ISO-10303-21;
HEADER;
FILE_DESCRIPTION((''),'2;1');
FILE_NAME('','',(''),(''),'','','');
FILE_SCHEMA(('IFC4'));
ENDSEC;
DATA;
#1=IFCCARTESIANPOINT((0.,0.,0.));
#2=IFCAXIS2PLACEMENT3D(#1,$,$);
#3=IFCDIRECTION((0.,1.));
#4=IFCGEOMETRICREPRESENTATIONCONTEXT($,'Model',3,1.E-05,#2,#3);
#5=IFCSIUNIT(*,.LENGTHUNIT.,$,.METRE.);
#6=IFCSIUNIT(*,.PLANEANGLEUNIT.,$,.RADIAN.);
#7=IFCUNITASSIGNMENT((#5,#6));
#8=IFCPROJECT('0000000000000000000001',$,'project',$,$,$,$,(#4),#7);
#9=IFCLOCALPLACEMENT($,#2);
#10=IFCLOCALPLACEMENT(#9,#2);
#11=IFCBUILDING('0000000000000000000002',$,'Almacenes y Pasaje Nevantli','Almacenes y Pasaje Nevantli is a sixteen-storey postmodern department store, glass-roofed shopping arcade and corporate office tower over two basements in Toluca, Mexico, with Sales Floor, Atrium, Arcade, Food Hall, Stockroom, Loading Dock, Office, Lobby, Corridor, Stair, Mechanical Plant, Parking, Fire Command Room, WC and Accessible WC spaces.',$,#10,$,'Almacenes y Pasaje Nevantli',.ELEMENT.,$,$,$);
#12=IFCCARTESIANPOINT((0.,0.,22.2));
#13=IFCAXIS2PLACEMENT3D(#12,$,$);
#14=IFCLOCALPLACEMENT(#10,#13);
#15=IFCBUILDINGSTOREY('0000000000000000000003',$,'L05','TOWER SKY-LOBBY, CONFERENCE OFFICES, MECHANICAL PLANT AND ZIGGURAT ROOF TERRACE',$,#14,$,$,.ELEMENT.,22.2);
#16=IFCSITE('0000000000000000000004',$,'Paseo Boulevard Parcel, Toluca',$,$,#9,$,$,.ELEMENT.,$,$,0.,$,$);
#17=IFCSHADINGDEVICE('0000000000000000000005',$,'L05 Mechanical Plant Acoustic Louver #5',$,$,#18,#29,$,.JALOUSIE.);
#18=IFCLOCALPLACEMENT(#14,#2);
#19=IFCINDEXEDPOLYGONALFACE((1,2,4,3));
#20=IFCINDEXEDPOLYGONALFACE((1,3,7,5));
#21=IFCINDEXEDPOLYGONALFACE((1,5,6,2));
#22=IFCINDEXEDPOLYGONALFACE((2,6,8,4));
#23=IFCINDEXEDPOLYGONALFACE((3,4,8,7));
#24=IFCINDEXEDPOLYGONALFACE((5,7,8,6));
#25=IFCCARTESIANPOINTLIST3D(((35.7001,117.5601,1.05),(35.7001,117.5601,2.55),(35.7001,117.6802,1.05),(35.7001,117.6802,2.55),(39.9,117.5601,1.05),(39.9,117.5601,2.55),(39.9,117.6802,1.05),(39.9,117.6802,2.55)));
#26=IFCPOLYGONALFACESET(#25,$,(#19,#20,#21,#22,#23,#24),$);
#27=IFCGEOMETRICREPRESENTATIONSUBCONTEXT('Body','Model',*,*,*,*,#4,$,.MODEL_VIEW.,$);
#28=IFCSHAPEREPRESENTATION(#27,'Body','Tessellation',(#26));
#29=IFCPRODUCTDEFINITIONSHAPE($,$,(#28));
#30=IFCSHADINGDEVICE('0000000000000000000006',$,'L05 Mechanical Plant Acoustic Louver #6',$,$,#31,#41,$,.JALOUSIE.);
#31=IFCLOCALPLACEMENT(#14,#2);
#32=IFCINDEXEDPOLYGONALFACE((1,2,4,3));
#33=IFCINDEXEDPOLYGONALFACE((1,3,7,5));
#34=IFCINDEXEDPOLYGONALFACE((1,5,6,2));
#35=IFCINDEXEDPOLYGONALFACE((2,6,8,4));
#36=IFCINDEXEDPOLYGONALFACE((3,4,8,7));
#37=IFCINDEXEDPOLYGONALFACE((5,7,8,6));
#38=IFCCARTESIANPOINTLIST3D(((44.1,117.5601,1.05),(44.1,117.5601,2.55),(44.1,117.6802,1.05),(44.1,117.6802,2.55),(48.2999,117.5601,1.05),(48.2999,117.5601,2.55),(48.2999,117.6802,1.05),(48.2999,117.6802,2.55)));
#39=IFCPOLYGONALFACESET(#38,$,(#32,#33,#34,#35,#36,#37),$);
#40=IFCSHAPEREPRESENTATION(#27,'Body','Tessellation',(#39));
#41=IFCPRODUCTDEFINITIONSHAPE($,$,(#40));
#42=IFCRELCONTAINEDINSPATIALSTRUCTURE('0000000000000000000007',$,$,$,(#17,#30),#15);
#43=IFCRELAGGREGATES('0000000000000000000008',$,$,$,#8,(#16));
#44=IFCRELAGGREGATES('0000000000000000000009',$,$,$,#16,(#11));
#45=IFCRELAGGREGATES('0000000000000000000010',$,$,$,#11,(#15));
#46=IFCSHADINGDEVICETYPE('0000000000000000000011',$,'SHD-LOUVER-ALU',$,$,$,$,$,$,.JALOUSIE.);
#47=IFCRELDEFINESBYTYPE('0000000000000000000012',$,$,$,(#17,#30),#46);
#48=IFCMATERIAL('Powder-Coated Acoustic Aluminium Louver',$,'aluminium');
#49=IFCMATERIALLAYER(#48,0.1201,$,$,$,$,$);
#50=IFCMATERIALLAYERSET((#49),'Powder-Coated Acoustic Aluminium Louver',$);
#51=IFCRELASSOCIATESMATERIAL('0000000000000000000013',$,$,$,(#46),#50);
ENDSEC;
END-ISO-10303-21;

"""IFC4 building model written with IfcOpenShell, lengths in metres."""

from ifc_helpers import new_model, si_unit, direction, frame, origin, origin_2d, place, context, subcontext, project, spatial, rectangle, extrude, material, layer, layer_set, type_object, element, save


model = new_model("IFC4")

# Units and contexts
model_context = context("Model", 3, precision=1e-05, world=origin(), true_north=direction((0.0, 1.0)))
body_context = subcontext(model_context, "Body", "Model", "MODEL_VIEW")
ifc_project = project(units=[si_unit("LENGTHUNIT", "METRE"), si_unit("PLANEANGLEUNIT", "RADIAN")], contexts=[model_context])

# Site, building, storey
site_placement = place(None, origin())
site = spatial("IfcSite", under=ifc_project, at=site_placement, Name="Paseo Boulevard Parcel, Toluca", CompositionType="ELEMENT", RefElevation=0.0)
building_placement = place(site_placement, origin())
building = spatial("IfcBuilding", under=site, at=building_placement, Name="Almacenes y Pasaje Nevantli", Description="Almacenes y Pasaje Nevantli is a sixteen-storey postmodern department store, glass-roofed shopping arcade and corporate office tower over two basements in Toluca, Mexico, with Sales Floor, Atrium, Arcade, Food Hall, Stockroom, Loading Dock, Office, Lobby, Corridor, Stair, Mechanical Plant, Parking, Fire Command Room, WC and Accessible WC spaces.", LongName="Almacenes y Pasaje Nevantli", CompositionType="ELEMENT")
storey_placement = place(building_placement, frame((0.0, 0.0, 22.2)))
storey = spatial("IfcBuildingStorey", under=building, at=storey_placement, Name="L05", Description="TOWER SKY-LOBBY, CONFERENCE OFFICES, MECHANICAL PLANT AND ZIGGURAT ROOF TERRACE", CompositionType="ELEMENT", Elevation=22.2)

# Shading devices
ifc_material_1 = material(Name="Powder-Coated Acoustic Aluminium Louver", Category="aluminium")
ifc_layer_1 = layer(ifc_material_1, 0.1201)
ifc_layer_set_1 = layer_set([ifc_layer_1], Name="Powder-Coated Acoustic Aluminium Louver")
shading_device_type = type_object("IfcShadingDeviceType", Name="SHD-LOUVER-ALU", PredefinedType="JALOUSIE", material=ifc_layer_set_1)
for number, where, z_axis, x_axis, name in (
    (1, (37.8, 117.6201, 1.05), (0.0, 0.0, 1.0), (1.0, 0.0, 0.0), "L05 Mechanical Plant Acoustic Louver #5"),
    (2, (46.2, 117.6201, 1.05), (0.0, 0.0, 1.0), (1.0, 0.0, 0.0), "L05 Mechanical Plant Acoustic Louver #6"),
):
    element("IfcShadingDevice", number, at=place(storey_placement, frame(where, z_axis=z_axis, x_axis=x_axis)), inside=storey, type_object=shading_device_type, Name=name, PredefinedType="JALOUSIE", context=body_context, shape_type="SweptSolid", body=[
        extrude(rectangle(XDim=4.2, YDim=0.1201, at=origin_2d()), origin(), (0.0, 0.0, 1.0), 1.5),
    ])

save(model, "model.ifc")
